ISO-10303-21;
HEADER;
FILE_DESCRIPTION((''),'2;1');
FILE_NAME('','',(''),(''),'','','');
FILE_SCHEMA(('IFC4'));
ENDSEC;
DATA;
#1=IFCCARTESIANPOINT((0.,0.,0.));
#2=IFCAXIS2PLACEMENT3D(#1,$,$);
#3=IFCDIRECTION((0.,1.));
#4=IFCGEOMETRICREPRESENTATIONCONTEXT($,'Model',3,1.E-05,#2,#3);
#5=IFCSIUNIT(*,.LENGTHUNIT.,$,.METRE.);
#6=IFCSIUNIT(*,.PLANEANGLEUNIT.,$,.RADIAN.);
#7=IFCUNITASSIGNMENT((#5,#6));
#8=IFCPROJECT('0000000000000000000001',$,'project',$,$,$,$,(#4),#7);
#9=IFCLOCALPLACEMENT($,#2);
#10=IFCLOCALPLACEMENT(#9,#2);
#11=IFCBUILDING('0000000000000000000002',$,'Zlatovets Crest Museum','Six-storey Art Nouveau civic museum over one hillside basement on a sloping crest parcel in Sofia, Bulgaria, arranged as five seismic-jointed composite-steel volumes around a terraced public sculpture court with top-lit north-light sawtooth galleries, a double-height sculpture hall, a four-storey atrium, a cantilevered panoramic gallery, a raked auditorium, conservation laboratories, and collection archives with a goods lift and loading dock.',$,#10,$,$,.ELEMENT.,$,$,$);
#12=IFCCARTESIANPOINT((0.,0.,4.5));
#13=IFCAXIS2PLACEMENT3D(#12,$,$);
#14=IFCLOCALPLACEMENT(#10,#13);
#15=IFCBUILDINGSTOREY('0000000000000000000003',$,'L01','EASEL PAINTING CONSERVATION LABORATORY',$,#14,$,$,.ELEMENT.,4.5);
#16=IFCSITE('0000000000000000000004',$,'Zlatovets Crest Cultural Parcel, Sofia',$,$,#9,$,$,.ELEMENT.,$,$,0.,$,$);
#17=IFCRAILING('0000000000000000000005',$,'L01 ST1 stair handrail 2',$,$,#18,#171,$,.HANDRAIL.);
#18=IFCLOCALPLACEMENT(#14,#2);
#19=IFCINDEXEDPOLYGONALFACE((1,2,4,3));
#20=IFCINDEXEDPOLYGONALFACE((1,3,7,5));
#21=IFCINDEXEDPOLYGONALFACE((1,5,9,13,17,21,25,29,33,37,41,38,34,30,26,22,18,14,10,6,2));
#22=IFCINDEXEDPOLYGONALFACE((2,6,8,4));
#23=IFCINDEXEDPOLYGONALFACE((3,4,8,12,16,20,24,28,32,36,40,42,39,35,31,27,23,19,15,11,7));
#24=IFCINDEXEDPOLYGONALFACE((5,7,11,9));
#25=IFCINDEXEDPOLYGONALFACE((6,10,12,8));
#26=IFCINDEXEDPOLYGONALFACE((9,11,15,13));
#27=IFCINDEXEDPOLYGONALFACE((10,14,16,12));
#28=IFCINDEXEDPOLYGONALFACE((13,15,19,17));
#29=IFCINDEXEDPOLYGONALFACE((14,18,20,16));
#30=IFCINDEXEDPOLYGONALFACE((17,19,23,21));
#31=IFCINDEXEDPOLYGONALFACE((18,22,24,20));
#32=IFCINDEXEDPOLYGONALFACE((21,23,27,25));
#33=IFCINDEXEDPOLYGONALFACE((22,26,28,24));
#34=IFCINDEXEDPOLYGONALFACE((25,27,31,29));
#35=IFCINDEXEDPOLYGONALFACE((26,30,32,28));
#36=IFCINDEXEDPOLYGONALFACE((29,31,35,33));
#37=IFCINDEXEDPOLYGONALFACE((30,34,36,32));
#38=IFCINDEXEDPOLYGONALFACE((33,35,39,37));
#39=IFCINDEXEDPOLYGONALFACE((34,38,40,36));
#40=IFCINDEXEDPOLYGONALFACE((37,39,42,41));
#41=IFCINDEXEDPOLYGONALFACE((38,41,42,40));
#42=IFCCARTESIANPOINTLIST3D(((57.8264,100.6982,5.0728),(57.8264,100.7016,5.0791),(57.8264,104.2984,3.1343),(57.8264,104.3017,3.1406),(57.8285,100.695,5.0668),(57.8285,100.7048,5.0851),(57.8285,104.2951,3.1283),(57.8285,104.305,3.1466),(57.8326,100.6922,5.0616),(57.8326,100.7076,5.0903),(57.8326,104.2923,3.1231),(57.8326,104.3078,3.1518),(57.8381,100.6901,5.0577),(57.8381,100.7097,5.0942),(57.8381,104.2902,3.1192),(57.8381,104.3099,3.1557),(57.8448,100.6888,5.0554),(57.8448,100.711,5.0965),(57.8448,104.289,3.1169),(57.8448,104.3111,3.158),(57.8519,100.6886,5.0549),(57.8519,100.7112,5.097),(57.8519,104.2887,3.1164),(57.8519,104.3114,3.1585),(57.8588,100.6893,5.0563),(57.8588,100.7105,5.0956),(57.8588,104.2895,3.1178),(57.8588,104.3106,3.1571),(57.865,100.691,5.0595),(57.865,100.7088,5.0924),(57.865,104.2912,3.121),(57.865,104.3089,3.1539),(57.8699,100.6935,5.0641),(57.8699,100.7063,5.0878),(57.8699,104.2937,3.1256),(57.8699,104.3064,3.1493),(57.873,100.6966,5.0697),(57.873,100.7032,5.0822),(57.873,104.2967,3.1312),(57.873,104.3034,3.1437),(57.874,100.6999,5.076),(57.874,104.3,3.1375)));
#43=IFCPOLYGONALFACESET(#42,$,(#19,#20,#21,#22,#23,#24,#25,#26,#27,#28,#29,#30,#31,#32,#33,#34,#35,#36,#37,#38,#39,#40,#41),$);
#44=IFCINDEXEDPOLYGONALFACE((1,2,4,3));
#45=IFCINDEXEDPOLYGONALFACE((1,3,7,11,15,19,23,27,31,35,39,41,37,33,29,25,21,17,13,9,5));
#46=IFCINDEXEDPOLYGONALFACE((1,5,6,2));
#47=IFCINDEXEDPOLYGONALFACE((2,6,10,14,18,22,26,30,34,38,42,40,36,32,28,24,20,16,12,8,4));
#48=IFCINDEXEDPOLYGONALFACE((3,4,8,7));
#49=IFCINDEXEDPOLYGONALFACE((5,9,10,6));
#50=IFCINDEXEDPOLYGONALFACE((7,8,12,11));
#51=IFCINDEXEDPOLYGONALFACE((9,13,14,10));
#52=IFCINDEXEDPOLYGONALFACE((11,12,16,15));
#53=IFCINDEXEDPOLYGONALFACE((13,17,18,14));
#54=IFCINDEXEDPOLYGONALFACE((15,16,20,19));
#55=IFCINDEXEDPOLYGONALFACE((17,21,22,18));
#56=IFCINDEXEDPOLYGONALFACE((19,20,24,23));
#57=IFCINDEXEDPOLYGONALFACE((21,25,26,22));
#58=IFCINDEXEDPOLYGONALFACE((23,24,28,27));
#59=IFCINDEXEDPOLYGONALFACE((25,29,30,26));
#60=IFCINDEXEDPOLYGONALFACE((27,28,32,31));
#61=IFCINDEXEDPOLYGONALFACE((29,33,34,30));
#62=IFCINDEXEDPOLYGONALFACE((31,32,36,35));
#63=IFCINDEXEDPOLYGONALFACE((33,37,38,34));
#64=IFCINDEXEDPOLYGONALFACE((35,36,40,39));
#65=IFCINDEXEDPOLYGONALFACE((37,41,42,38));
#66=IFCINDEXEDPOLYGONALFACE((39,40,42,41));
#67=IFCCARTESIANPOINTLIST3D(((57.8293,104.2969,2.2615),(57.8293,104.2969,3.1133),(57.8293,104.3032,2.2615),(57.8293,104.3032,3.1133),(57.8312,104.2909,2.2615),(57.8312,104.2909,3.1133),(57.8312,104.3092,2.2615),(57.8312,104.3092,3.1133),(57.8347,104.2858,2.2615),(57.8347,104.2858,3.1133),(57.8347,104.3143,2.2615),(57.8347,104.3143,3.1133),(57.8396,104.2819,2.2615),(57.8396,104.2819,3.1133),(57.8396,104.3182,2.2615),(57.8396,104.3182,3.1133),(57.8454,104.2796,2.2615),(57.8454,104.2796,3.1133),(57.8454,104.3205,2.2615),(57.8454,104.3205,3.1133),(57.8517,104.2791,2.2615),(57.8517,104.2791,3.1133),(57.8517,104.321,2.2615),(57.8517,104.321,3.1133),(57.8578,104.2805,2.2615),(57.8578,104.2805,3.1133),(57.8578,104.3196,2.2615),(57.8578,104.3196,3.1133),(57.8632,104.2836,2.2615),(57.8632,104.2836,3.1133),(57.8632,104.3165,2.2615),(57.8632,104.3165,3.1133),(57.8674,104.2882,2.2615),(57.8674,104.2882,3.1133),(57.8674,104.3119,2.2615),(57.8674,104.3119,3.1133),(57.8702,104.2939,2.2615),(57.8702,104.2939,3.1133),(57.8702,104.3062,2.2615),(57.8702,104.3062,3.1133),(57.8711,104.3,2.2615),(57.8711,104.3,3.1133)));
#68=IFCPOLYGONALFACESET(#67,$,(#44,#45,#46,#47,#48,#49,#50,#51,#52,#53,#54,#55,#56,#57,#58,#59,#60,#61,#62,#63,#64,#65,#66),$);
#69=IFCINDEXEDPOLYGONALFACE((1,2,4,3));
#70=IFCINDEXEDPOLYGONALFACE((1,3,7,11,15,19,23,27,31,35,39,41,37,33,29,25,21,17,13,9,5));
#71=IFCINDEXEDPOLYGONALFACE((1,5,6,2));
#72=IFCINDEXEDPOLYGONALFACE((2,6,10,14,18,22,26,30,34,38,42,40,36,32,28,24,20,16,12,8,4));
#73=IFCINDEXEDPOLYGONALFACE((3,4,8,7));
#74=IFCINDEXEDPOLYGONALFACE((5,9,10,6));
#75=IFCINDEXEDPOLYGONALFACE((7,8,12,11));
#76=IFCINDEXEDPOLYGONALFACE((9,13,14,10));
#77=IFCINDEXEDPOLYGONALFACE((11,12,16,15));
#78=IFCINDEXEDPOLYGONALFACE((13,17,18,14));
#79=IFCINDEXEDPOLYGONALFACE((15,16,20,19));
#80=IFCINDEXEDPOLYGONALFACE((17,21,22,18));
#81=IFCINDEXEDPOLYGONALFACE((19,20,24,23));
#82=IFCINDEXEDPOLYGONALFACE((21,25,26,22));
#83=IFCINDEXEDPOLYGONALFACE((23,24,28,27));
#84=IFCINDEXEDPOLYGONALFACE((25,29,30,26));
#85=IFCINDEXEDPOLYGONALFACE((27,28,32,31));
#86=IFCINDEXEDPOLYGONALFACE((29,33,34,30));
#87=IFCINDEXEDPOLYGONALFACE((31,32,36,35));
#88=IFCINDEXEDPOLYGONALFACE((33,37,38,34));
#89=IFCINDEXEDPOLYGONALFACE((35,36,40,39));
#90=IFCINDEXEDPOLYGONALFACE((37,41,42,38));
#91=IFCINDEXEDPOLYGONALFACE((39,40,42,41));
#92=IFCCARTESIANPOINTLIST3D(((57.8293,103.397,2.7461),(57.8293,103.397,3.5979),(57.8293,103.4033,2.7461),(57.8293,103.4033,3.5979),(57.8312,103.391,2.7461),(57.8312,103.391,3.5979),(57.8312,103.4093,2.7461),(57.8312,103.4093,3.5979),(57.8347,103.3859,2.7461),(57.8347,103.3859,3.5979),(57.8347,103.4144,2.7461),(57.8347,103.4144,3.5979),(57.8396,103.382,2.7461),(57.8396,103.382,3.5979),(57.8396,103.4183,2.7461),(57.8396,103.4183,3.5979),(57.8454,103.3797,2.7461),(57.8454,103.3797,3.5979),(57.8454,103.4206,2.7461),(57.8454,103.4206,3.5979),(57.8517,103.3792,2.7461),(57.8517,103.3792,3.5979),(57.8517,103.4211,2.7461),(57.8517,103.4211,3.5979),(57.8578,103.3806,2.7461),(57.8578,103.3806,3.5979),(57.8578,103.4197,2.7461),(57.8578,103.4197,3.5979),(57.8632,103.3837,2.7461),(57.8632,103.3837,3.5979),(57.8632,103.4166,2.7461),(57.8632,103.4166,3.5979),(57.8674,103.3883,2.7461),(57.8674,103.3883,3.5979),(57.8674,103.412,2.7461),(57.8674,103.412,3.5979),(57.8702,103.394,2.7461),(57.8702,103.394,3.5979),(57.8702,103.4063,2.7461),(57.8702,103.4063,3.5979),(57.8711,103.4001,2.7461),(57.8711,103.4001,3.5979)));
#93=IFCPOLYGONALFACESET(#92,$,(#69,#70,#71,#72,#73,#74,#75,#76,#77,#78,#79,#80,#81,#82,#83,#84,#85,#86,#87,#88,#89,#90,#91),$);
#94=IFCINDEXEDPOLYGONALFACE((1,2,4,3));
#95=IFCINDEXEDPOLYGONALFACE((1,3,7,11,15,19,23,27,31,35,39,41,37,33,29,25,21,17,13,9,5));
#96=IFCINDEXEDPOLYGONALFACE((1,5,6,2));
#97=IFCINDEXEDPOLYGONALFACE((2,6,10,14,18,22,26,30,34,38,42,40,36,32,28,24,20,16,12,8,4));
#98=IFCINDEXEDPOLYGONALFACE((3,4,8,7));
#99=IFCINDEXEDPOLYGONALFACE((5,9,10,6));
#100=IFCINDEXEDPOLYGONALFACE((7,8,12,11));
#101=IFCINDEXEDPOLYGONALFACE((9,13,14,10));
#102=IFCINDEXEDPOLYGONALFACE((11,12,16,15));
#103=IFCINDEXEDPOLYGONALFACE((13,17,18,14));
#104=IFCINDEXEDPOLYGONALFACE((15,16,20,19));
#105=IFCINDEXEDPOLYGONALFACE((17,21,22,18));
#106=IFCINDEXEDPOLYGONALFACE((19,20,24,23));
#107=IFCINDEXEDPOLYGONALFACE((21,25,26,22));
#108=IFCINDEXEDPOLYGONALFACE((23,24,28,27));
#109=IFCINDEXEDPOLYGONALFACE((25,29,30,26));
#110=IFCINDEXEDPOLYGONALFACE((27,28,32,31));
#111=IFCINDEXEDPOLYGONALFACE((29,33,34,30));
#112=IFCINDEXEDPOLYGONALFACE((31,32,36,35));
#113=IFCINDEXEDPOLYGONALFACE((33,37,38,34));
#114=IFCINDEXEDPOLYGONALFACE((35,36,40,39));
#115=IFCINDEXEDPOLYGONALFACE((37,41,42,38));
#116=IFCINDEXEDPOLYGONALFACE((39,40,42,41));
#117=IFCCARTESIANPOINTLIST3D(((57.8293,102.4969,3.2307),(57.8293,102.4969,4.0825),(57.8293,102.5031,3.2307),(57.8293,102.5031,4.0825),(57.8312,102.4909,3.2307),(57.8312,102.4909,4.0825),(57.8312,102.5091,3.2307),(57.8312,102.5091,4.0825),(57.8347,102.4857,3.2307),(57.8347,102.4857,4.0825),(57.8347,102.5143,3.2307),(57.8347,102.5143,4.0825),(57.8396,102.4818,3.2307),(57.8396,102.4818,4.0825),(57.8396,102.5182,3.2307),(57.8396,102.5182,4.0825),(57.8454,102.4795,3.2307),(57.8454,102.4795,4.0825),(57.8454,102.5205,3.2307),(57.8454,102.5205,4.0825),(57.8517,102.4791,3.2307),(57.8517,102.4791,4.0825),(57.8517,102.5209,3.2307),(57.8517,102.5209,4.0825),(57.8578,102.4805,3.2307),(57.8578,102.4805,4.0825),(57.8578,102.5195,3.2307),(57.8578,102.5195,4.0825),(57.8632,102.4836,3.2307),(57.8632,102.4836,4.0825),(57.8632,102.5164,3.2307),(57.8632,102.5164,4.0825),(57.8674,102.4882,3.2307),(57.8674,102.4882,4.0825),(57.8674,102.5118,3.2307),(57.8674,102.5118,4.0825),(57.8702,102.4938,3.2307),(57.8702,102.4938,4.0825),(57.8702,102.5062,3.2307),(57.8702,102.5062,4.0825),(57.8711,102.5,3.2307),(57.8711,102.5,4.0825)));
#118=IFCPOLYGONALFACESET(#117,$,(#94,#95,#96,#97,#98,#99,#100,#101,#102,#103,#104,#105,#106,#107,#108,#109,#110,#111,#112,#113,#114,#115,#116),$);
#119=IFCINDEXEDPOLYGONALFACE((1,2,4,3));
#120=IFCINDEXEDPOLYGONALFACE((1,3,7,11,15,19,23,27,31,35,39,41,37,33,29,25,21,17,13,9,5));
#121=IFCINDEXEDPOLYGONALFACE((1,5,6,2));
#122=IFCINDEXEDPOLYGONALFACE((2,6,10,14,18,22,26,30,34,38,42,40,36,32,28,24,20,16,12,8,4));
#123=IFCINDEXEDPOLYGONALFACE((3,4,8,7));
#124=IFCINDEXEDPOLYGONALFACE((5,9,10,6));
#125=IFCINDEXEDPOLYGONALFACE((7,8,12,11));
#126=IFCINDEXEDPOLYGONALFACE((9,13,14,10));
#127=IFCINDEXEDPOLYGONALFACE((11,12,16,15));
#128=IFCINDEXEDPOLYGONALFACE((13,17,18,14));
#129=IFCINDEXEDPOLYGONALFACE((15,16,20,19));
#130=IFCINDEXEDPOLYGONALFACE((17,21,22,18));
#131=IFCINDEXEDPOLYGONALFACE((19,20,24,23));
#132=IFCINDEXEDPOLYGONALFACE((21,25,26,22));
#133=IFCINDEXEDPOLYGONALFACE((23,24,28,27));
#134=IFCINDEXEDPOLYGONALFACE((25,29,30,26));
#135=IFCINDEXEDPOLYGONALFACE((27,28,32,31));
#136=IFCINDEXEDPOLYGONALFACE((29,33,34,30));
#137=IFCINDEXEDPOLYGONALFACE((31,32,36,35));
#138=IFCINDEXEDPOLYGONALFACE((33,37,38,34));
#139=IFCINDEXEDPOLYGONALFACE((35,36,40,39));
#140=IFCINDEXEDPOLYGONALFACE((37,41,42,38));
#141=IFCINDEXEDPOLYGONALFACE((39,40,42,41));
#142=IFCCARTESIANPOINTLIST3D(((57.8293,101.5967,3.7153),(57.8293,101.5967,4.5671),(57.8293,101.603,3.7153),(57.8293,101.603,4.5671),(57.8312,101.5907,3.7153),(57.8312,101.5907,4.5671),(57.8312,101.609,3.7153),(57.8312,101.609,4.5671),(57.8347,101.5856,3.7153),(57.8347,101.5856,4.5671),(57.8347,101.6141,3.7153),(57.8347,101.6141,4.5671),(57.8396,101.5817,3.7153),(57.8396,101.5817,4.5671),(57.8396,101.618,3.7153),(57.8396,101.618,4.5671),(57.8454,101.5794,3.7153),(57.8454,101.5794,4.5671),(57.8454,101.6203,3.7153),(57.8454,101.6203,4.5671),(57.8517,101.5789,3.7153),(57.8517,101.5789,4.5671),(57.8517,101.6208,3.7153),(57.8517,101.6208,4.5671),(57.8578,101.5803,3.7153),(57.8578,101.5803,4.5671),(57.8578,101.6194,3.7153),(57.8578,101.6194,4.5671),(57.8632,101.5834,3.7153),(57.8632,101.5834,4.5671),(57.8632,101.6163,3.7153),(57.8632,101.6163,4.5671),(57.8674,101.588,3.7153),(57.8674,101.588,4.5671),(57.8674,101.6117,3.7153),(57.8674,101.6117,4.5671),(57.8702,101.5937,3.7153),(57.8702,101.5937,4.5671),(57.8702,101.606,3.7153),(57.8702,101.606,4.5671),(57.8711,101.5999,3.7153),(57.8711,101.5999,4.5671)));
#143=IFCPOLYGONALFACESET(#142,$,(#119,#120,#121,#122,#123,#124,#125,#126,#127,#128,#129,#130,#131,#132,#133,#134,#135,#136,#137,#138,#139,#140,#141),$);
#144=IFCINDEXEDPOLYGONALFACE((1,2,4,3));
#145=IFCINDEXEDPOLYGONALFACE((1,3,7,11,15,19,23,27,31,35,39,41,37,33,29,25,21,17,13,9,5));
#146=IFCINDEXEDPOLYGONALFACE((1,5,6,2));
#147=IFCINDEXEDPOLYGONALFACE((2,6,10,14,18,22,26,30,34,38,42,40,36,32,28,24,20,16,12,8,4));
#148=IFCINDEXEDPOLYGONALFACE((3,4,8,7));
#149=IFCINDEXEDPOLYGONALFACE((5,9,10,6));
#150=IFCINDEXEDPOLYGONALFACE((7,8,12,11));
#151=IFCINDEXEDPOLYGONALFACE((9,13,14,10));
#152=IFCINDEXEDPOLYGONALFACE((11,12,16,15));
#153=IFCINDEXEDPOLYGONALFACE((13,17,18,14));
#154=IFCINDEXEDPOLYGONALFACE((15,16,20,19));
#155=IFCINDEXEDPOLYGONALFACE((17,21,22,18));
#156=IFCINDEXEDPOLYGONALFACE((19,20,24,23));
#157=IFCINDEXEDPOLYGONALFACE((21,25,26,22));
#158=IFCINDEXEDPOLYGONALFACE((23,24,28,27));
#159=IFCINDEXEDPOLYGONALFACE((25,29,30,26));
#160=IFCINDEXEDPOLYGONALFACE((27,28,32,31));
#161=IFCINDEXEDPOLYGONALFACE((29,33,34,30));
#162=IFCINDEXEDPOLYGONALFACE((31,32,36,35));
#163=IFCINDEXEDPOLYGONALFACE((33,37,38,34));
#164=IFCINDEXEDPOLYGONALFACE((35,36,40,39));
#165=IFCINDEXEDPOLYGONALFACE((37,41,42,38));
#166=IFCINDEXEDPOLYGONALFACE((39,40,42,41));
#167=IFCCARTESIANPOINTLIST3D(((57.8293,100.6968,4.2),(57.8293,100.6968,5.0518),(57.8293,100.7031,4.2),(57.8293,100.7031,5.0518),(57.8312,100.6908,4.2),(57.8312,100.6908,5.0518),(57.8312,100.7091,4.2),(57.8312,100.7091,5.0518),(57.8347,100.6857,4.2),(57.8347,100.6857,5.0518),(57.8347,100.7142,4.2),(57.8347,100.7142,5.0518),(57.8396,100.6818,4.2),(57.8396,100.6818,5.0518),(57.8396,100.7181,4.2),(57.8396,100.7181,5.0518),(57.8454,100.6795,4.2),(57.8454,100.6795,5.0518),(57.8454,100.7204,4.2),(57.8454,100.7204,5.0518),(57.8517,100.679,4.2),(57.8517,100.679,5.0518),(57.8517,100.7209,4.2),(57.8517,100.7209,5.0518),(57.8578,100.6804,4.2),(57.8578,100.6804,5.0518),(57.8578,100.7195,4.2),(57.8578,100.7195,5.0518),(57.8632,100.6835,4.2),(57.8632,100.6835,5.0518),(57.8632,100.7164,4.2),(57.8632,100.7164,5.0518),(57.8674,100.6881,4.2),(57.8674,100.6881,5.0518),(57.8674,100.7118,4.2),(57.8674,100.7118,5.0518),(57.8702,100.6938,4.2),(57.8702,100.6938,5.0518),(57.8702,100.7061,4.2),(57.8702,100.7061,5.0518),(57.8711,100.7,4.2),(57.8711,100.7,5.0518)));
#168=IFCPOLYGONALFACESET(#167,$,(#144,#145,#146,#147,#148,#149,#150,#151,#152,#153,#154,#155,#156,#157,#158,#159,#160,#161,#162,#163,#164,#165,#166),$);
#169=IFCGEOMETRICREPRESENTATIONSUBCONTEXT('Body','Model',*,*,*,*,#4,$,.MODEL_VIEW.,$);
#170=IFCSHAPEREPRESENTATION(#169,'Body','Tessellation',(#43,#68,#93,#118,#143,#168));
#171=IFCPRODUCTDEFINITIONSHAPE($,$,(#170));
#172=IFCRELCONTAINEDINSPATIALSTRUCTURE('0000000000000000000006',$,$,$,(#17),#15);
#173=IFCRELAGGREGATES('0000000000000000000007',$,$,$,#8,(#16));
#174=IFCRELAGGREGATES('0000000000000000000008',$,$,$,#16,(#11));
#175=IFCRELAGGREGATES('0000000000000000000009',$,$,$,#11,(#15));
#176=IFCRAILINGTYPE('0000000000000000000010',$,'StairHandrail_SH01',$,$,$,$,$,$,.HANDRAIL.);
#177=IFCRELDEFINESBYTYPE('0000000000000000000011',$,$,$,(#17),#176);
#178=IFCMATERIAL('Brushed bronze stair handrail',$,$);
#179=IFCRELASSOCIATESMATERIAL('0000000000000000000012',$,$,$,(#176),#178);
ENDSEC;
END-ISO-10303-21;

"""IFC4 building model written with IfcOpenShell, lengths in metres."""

from ifc_helpers import new_model, si_unit, direction, frame, origin, origin_2d, place, context, subcontext, project, spatial, circle, extrude, material, type_object, element, save


model = new_model("IFC4")

# Units and contexts
model_context = context("Model", 3, precision=1e-05, world=origin(), true_north=direction((0.0, 1.0)))
body_context = subcontext(model_context, "Body", "Model", "MODEL_VIEW")
ifc_project = project(units=[si_unit("LENGTHUNIT", "METRE"), si_unit("PLANEANGLEUNIT", "RADIAN")], contexts=[model_context])

# Site, building, storey
site_placement = place(None, origin())
site = spatial("IfcSite", under=ifc_project, at=site_placement, Name="Zlatovets Crest Cultural Parcel, Sofia", CompositionType="ELEMENT", RefElevation=0.0)
building_placement = place(site_placement, origin())
building = spatial("IfcBuilding", under=site, at=building_placement, Name="Zlatovets Crest Museum", Description="Six-storey Art Nouveau civic museum over one hillside basement on a sloping crest parcel in Sofia, Bulgaria, arranged as five seismic-jointed composite-steel volumes around a terraced public sculpture court with top-lit north-light sawtooth galleries, a double-height sculpture hall, a four-storey atrium, a cantilevered panoramic gallery, a raked auditorium, conservation laboratories, and collection archives with a goods lift and loading dock.", CompositionType="ELEMENT")
storey_placement = place(building_placement, frame((0.0, 0.0, 4.5)))
storey = spatial("IfcBuildingStorey", under=building, at=storey_placement, Name="L01", Description="EASEL PAINTING CONSERVATION LABORATORY", CompositionType="ELEMENT", Elevation=4.5)

# Railing
ifc_material_1 = material(Name="Brushed bronze stair handrail")
railing_type_1 = type_object("IfcRailingType", Name="StairHandrail_SH01", PredefinedType="HANDRAIL", material=ifc_material_1)
railing_1_placement = place(storey_placement, frame((57.8501, 104.3, 2.2615)))
element("IfcRailing", 1, at=railing_1_placement, inside=storey, type_object=railing_type_1, Name="L01 ST1 stair handrail 2", PredefinedType="HANDRAIL", context=body_context, shape_type="SweptSolid", body=[
    extrude(circle(Radius=0.0239, at=origin_2d()), frame((0.0, 0.0, 0.876), z_axis=(0.0, -0.880475, 0.474093), x_axis=(1.0, 0.0, 0.0)), (0.0, 0.0, 1.0), 4.0889),
    extrude(circle(Radius=0.021, at=origin_2d()), origin(), (0.0, 0.0, 1.0), 0.8518),
    extrude(circle(Radius=0.021, at=origin_2d()), frame((0.0, -0.8999, 0.4846)), (0.0, 0.0, 1.0), 0.8518),
    extrude(circle(Radius=0.021, at=origin_2d()), frame((0.0, -1.8, 0.9692)), (0.0, 0.0, 1.0), 0.8518),
    extrude(circle(Radius=0.021, at=origin_2d()), frame((0.0, -2.7002, 1.4539)), (0.0, 0.0, 1.0), 0.8518),
    extrude(circle(Radius=0.021, at=origin_2d()), frame((0.0, -3.6001, 1.9385)), (0.0, 0.0, 1.0), 0.8518),
])

save(model, "model.ifc")
